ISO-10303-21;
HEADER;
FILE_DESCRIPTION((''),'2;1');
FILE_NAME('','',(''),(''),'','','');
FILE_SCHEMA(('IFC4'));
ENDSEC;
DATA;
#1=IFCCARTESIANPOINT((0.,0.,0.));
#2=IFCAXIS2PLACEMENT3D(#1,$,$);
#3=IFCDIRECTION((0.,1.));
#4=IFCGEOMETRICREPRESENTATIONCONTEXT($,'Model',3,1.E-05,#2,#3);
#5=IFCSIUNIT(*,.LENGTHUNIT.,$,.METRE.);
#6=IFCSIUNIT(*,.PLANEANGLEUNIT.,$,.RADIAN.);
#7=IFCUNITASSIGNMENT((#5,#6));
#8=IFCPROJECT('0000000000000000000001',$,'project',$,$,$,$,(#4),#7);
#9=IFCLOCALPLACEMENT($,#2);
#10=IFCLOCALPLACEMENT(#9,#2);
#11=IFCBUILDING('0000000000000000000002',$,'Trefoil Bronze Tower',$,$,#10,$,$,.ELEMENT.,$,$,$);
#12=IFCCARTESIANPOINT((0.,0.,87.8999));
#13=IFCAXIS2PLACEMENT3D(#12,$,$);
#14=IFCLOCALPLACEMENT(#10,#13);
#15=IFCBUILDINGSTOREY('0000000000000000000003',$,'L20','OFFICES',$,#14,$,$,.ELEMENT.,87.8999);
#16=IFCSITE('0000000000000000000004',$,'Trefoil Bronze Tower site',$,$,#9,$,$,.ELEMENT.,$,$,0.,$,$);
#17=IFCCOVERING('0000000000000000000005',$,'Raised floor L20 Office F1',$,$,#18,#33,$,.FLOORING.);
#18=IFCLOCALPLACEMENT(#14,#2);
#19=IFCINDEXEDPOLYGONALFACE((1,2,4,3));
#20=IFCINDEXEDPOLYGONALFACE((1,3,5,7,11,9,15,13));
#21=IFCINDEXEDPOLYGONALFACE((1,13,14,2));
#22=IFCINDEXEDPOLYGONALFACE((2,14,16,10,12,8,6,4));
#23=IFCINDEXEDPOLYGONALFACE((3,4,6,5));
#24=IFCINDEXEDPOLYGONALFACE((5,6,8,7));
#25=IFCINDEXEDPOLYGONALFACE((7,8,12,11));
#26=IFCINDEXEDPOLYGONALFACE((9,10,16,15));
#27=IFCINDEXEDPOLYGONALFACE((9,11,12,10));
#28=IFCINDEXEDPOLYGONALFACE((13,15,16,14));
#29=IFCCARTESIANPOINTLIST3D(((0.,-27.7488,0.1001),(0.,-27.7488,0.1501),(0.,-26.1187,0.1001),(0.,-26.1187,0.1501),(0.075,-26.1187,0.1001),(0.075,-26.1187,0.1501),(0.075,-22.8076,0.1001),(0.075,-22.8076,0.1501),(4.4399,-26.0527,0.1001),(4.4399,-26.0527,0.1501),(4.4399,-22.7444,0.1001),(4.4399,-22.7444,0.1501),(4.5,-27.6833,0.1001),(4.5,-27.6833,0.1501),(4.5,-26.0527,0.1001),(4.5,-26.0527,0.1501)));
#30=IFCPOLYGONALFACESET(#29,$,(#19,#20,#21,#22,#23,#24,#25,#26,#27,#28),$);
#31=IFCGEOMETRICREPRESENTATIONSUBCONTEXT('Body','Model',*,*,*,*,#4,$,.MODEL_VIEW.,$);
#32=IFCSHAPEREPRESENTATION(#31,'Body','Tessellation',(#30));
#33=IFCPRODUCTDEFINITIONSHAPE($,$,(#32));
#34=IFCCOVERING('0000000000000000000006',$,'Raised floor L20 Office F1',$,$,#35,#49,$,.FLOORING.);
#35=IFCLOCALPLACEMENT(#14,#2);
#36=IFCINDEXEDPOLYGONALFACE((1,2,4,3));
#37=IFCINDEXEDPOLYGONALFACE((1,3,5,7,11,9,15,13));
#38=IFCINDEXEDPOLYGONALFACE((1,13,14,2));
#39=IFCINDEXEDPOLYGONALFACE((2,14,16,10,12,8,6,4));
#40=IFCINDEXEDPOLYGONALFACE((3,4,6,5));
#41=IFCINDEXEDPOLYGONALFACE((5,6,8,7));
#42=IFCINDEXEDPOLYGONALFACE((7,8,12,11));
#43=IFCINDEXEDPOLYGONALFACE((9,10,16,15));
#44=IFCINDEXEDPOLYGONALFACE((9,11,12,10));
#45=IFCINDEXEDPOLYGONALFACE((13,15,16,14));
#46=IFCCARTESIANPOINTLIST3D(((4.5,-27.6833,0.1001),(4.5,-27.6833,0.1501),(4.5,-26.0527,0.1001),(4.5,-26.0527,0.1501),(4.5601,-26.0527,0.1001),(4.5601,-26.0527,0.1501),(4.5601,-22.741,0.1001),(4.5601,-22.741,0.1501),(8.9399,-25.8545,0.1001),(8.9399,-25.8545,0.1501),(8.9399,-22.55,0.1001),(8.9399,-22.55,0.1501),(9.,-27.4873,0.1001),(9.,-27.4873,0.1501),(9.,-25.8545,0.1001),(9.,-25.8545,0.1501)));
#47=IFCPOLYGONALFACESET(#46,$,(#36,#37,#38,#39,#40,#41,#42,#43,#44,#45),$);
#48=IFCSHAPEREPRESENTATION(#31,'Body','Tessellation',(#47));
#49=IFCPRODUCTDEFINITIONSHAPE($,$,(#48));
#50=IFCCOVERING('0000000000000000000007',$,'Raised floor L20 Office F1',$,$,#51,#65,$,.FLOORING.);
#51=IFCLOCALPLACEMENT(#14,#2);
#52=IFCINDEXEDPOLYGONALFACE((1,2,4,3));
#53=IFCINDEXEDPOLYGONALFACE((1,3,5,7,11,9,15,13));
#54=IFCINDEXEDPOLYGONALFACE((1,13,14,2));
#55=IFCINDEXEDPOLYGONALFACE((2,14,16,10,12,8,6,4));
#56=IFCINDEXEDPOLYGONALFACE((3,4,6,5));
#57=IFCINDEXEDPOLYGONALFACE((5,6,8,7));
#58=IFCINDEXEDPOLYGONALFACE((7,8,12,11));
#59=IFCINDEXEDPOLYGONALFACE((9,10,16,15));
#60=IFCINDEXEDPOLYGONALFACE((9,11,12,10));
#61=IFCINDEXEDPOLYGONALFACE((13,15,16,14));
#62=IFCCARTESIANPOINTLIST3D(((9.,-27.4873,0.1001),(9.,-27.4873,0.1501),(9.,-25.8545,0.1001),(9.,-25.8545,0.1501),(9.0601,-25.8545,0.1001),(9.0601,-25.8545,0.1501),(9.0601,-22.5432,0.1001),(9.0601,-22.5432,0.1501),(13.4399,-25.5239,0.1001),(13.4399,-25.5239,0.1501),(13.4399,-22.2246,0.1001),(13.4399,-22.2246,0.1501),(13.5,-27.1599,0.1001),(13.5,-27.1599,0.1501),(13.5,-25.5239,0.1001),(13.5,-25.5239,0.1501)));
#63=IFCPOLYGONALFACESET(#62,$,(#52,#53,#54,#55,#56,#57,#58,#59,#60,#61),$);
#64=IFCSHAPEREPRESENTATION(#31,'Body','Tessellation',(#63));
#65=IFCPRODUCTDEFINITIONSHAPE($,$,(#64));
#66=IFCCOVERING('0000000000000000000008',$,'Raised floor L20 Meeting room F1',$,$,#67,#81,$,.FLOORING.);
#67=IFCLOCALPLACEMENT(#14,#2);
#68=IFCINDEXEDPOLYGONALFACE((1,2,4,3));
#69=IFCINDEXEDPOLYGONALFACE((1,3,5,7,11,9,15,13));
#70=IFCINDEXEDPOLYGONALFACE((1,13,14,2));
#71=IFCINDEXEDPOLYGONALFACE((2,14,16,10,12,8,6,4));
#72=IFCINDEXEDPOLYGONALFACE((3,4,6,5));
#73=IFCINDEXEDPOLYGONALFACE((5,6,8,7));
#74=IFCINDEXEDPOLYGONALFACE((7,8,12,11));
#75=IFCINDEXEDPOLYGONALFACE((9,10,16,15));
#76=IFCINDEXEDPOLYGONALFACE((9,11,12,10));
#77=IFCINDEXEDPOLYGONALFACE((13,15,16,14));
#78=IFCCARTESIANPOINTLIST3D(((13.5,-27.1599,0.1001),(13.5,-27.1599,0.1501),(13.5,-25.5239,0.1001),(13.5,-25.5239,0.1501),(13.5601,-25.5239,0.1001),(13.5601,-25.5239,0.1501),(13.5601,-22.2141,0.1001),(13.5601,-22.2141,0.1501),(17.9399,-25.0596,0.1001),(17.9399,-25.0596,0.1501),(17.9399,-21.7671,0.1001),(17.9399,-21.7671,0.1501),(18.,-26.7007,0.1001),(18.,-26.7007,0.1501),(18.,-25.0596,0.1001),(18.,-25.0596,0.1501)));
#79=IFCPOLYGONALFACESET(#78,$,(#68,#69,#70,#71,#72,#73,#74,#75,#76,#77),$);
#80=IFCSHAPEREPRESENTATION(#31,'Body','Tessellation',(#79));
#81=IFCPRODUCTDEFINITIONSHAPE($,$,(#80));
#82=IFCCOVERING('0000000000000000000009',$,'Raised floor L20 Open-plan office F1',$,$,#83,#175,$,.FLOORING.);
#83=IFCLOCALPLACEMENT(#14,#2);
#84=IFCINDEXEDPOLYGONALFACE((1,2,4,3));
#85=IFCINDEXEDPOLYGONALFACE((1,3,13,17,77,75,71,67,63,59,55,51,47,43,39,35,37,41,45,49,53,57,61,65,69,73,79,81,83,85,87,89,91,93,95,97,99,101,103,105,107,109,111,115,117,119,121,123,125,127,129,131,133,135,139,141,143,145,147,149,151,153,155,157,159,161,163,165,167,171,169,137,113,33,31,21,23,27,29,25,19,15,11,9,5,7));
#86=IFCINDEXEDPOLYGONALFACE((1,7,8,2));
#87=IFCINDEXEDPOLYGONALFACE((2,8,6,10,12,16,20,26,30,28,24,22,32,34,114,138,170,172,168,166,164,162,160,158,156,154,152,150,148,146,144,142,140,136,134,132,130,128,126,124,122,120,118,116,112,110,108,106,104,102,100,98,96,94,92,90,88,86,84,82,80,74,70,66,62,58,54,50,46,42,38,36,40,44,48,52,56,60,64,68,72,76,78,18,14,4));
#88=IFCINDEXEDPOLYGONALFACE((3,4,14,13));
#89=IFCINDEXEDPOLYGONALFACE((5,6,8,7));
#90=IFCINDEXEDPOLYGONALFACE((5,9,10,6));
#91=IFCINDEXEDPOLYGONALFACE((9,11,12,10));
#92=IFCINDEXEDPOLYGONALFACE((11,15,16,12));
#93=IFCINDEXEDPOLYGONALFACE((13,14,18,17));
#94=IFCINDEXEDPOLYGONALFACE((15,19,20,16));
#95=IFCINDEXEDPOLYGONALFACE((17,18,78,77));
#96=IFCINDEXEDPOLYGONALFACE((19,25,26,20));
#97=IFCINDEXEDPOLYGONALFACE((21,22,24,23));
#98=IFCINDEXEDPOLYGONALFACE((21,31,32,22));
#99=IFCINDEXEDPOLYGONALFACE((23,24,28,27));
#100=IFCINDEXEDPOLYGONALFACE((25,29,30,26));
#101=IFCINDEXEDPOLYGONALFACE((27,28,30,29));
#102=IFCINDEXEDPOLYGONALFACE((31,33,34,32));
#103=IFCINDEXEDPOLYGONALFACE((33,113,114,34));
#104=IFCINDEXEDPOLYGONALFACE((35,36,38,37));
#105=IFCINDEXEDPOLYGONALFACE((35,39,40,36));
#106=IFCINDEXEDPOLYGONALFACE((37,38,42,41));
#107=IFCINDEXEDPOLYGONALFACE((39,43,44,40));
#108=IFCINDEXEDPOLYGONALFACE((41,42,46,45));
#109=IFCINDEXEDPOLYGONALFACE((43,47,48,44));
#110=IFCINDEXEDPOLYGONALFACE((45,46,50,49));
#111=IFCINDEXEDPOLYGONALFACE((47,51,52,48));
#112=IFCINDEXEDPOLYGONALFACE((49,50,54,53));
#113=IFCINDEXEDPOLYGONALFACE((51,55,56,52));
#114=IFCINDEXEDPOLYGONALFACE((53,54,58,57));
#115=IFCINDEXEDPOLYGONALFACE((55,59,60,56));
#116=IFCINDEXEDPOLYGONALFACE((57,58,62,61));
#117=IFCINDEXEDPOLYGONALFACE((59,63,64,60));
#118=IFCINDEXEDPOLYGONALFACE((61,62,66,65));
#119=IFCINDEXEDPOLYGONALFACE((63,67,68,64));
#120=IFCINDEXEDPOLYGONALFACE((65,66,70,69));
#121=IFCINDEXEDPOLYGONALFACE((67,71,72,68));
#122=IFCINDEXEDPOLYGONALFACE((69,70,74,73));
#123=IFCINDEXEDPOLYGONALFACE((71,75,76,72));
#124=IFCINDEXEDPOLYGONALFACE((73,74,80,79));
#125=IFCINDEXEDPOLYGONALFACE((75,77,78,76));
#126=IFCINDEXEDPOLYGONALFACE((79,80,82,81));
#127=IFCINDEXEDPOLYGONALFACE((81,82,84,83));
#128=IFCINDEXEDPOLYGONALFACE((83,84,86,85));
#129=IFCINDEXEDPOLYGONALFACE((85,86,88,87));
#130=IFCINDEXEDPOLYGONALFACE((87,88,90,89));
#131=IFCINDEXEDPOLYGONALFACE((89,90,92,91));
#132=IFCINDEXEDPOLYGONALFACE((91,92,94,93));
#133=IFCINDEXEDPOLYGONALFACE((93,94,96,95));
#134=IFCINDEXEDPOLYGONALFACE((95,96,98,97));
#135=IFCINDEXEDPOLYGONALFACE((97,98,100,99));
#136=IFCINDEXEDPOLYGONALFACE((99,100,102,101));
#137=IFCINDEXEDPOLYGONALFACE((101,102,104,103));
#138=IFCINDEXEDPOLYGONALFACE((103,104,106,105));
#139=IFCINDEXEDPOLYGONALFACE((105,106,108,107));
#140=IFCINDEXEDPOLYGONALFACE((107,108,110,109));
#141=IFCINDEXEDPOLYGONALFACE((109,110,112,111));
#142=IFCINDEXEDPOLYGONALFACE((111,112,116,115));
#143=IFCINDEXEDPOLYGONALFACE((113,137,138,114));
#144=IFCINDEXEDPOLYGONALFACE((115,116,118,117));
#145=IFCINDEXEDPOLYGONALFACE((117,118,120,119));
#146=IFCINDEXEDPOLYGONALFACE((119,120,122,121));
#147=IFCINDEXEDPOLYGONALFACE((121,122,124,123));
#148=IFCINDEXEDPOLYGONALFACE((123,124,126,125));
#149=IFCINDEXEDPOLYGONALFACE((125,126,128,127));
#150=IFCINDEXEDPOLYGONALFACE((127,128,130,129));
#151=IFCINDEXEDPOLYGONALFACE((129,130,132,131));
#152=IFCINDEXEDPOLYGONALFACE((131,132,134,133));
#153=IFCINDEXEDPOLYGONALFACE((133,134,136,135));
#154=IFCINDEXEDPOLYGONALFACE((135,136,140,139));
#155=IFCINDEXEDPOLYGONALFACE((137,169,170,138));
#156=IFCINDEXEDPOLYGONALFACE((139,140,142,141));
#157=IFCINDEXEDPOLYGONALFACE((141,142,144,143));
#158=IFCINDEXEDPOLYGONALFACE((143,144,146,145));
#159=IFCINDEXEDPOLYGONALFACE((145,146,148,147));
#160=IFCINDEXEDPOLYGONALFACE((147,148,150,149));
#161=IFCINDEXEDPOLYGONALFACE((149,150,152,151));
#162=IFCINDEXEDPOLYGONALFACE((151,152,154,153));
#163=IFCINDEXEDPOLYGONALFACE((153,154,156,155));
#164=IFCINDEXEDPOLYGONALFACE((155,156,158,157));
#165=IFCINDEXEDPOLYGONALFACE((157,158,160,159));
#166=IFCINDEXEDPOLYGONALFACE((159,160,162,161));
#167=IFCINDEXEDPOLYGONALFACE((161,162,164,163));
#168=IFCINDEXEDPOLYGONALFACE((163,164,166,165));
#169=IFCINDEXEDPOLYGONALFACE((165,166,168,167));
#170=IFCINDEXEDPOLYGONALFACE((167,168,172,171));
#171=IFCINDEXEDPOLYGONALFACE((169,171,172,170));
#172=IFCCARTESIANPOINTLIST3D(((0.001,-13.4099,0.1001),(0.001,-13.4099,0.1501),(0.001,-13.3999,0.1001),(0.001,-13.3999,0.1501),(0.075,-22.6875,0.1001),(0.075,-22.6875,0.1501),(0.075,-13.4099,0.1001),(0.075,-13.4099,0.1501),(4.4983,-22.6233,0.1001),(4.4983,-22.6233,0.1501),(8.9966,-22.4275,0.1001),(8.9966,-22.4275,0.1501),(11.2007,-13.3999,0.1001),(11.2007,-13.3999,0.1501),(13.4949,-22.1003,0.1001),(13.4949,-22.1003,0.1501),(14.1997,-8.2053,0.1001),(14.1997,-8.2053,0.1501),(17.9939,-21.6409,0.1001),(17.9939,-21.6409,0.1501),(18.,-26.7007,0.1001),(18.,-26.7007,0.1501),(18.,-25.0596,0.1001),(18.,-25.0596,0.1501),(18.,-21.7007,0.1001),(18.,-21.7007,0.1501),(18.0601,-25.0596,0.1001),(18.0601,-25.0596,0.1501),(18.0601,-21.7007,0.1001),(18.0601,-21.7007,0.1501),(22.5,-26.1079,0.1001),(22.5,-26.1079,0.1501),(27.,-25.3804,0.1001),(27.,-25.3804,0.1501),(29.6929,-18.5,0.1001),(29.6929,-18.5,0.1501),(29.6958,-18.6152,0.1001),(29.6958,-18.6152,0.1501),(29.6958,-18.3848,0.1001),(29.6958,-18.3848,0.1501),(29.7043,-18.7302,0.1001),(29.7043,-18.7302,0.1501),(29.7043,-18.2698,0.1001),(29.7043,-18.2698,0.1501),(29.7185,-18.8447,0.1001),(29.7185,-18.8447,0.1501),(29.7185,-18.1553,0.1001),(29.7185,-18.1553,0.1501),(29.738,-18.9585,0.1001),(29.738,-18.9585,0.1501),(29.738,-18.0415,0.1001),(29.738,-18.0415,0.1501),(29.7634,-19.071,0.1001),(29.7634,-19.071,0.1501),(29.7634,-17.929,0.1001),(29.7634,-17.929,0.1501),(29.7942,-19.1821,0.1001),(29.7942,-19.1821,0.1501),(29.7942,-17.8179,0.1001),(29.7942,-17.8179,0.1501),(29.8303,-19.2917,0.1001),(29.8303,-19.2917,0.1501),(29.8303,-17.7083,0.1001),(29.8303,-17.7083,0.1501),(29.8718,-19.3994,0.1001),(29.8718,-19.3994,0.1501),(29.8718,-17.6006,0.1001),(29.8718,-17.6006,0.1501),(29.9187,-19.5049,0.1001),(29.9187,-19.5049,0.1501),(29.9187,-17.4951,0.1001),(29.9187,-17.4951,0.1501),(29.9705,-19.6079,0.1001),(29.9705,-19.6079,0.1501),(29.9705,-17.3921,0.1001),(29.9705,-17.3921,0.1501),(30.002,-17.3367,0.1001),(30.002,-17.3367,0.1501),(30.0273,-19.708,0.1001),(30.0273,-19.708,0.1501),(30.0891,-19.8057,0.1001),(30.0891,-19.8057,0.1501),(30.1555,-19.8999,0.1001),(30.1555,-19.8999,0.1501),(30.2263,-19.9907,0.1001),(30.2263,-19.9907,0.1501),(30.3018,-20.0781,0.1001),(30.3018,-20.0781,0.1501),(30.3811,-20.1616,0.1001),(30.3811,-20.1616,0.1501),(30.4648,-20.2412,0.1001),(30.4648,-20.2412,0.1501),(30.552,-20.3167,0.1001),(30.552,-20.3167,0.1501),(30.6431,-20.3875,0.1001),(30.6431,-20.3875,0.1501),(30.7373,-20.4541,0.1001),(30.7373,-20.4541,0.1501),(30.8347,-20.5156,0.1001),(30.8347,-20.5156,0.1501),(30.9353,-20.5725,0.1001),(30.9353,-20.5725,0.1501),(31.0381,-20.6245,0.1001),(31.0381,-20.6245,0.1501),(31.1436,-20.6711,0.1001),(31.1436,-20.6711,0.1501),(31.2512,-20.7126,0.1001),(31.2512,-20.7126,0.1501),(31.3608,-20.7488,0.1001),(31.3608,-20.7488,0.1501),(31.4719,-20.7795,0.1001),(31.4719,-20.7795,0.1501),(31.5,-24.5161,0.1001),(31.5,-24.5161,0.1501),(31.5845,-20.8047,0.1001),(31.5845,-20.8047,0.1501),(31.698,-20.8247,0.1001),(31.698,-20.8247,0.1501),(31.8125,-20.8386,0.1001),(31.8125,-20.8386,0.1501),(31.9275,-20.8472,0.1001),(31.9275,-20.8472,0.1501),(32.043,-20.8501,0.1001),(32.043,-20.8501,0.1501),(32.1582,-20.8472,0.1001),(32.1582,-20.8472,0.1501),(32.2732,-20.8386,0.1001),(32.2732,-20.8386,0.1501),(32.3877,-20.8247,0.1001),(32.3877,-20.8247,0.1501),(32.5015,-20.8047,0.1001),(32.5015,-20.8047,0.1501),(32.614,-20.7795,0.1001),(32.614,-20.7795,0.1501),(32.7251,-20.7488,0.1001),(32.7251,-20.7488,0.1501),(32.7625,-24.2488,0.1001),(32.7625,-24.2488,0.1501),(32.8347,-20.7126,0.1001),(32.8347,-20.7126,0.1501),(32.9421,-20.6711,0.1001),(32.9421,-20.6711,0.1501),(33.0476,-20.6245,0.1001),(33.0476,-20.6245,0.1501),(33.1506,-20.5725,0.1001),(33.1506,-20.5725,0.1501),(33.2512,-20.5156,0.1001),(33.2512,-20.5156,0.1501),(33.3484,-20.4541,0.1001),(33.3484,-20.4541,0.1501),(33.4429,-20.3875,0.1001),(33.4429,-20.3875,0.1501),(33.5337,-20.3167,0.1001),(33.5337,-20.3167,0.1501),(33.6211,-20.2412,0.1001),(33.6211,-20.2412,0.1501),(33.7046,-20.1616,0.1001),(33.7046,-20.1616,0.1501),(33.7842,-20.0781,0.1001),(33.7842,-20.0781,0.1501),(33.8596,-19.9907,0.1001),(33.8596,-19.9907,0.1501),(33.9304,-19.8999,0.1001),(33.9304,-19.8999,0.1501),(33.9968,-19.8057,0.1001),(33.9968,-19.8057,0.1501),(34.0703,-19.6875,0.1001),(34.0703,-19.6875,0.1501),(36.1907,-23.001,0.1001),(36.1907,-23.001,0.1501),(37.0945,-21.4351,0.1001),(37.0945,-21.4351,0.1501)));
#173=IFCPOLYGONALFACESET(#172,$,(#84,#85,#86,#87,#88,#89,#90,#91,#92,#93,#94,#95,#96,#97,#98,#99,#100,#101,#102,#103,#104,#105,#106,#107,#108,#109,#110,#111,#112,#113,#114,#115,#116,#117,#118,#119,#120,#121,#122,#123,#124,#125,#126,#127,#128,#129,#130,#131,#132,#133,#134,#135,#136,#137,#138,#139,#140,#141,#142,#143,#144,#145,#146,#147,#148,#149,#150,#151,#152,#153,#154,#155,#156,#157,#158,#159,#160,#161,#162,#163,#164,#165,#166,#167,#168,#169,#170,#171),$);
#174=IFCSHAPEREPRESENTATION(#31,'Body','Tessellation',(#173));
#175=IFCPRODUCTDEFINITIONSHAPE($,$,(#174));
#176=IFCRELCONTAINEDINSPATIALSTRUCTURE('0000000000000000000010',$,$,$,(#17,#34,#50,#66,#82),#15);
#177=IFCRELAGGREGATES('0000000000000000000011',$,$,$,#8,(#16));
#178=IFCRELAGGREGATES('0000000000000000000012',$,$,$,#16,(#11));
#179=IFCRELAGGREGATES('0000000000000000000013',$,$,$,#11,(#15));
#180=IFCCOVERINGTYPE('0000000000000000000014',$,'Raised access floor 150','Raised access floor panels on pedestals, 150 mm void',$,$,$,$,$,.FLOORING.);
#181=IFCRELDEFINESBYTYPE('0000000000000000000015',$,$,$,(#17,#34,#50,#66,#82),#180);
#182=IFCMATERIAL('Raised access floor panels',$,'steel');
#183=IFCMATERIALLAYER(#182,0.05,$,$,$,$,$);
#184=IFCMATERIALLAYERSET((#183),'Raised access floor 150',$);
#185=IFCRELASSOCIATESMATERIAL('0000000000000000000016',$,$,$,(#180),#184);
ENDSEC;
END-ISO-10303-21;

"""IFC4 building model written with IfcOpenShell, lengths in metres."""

from ifc_helpers import new_model, si_unit, direction, frame, origin, place, context, subcontext, project, spatial, polyline, outline, extrude, material, layer, layer_set, type_object, element, save


model = new_model("IFC4")

# Units and contexts
model_context = context("Model", 3, precision=1e-05, world=origin(), true_north=direction((0.0, 1.0)))
body_context = subcontext(model_context, "Body", "Model", "MODEL_VIEW")
ifc_project = project(units=[si_unit("LENGTHUNIT", "METRE"), si_unit("PLANEANGLEUNIT", "RADIAN")], contexts=[model_context])

# Site, building, storey
site_placement = place(None, origin())
site = spatial("IfcSite", under=ifc_project, at=site_placement, Name="Trefoil Bronze Tower site", CompositionType="ELEMENT", RefElevation=0.0)
building_placement = place(site_placement, origin())
building = spatial("IfcBuilding", under=site, at=building_placement, Name="Trefoil Bronze Tower", CompositionType="ELEMENT")
storey_placement = place(building_placement, frame((0.0, 0.0, 87.8999)))
storey = spatial("IfcBuildingStorey", under=building, at=storey_placement, Name="L20", Description="OFFICES", CompositionType="ELEMENT", Elevation=87.8999)

# Coverings
ifc_material_1 = material(Name="Raised access floor panels", Category="steel")
ifc_layer_1 = layer(ifc_material_1, 0.05)
ifc_layer_set_1 = layer_set([ifc_layer_1], Name="Raised access floor 150")
covering_type_1 = type_object("IfcCoveringType", Name="Raised access floor 150", Description="Raised access floor panels on pedestals, 150 mm void", PredefinedType="FLOORING", material=ifc_layer_set_1)
covering_1_placement = place(storey_placement, frame((0.0, 0.0, 0.1001)))
element("IfcCovering", 1, at=covering_1_placement, inside=storey, type_object=covering_type_1, Name="Raised floor L20 Office F1", PredefinedType="FLOORING", context=body_context, shape_type="SweptSolid", body=[
    extrude(outline(polyline([(4.5, -27.6833), (0.0, -27.7488), (0.0, -26.1187), (0.075, -26.1187), (0.075, -22.8076), (4.4399, -22.7444), (4.4399, -26.0527), (4.5, -26.0527), (4.5, -27.6833)])), origin(), (0.0, 0.0, 1.0), 0.05),
])
covering_2_placement = place(storey_placement, frame((0.0, 0.0, 0.1001)))
element("IfcCovering", 2, at=covering_2_placement, inside=storey, type_object=covering_type_1, Name="Raised floor L20 Office F1", PredefinedType="FLOORING", context=body_context, shape_type="SweptSolid", body=[
    extrude(outline(polyline([(9.0, -27.4873), (4.5, -27.6833), (4.5, -26.0527), (4.5601, -26.0527), (4.5601, -22.741), (8.9399, -22.55), (8.9399, -25.8545), (9.0, -25.8545), (9.0, -27.4873)])), origin(), (0.0, 0.0, 1.0), 0.05),
])
covering_3_placement = place(storey_placement, frame((0.0, 0.0, 0.1001)))
element("IfcCovering", 3, at=covering_3_placement, inside=storey, type_object=covering_type_1, Name="Raised floor L20 Office F1", PredefinedType="FLOORING", context=body_context, shape_type="SweptSolid", body=[
    extrude(outline(polyline([(13.5, -27.1599), (9.0, -27.4873), (9.0, -25.8545), (9.0601, -25.8545), (9.0601, -22.5432), (13.4399, -22.2246), (13.4399, -25.5239), (13.5, -25.5239), (13.5, -27.1599)])), origin(), (0.0, 0.0, 1.0), 0.05),
])
covering_4_placement = place(storey_placement, frame((0.0, 0.0, 0.1001)))
element("IfcCovering", 4, at=covering_4_placement, inside=storey, type_object=covering_type_1, Name="Raised floor L20 Meeting room F1", PredefinedType="FLOORING", context=body_context, shape_type="SweptSolid", body=[
    extrude(outline(polyline([(18.0, -26.7007), (13.5, -27.1599), (13.5, -25.5239), (13.5601, -25.5239), (13.5601, -22.2141), (17.9399, -21.7671), (17.9399, -25.0596), (18.0, -25.0596), (18.0, -26.7007)])), origin(), (0.0, 0.0, 1.0), 0.05),
])
covering_5_placement = place(storey_placement, frame((0.0, 0.0, 0.1001)))
element("IfcCovering", 5, at=covering_5_placement, inside=storey, type_object=covering_type_1, Name="Raised floor L20 Open-plan office F1", PredefinedType="FLOORING", context=body_context, shape_type="SweptSolid", body=[
    extrude(outline(polyline([(18.0, -25.0596), (18.0601, -25.0596), (18.0601, -21.7007), (18.0, -21.7007), (17.9939, -21.6409), (13.4949, -22.1003), (8.9966, -22.4275), (4.4983, -22.6233), (0.075, -22.6875), (0.075, -13.4099), (0.001, -13.4099), (0.001, -13.3999), (11.2007, -13.3999), (14.1997, -8.2053), (30.002, -17.3367), (29.9705, -17.3921), (29.9187, -17.4951), (29.8718, -17.6006), (29.8303, -17.7083), (29.7942, -17.8179), (29.7634, -17.929), (29.738, -18.0415), (29.7185, -18.1553), (29.7043, -18.2698), (29.6958, -18.3848), (29.6929, -18.5), (29.6958, -18.6152), (29.7043, -18.7302), (29.7185, -18.8447), (29.738, -18.9585), (29.7634, -19.071), (29.7942, -19.1821), (29.8303, -19.2917), (29.8718, -19.3994), (29.9187, -19.5049), (29.9705, -19.6079), (30.0273, -19.708), (30.0891, -19.8057), (30.1555, -19.8999), (30.2263, -19.9907), (30.3018, -20.0781), (30.3811, -20.1616), (30.4648, -20.2412), (30.552, -20.3167), (30.6431, -20.3875), (30.7373, -20.4541), (30.8347, -20.5156), (30.9353, -20.5725), (31.0381, -20.6245), (31.1436, -20.6711), (31.2512, -20.7126), (31.3608, -20.7488), (31.4719, -20.7795), (31.5845, -20.8047), (31.698, -20.8247), (31.8125, -20.8386), (31.9275, -20.8472), (32.043, -20.8501), (32.1582, -20.8472), (32.2732, -20.8386), (32.3877, -20.8247), (32.5015, -20.8047), (32.614, -20.7795), (32.7251, -20.7488), (32.8347, -20.7126), (32.9421, -20.6711), (33.0476, -20.6245), (33.1506, -20.5725), (33.2512, -20.5156), (33.3484, -20.4541), (33.4429, -20.3875), (33.5337, -20.3167), (33.6211, -20.2412), (33.7046, -20.1616), (33.7842, -20.0781), (33.8596, -19.9907), (33.9304, -19.8999), (33.9968, -19.8057), (34.0703, -19.6875), (37.0945, -21.4351), (36.1907, -23.001), (32.7625, -24.2488), (31.5, -24.5161), (27.0, -25.3804), (22.5, -26.1079), (18.0, -26.7007), (18.0, -25.0596)])), origin(), (0.0, 0.0, 1.0), 0.05),
])

save(model, "model.ifc")
